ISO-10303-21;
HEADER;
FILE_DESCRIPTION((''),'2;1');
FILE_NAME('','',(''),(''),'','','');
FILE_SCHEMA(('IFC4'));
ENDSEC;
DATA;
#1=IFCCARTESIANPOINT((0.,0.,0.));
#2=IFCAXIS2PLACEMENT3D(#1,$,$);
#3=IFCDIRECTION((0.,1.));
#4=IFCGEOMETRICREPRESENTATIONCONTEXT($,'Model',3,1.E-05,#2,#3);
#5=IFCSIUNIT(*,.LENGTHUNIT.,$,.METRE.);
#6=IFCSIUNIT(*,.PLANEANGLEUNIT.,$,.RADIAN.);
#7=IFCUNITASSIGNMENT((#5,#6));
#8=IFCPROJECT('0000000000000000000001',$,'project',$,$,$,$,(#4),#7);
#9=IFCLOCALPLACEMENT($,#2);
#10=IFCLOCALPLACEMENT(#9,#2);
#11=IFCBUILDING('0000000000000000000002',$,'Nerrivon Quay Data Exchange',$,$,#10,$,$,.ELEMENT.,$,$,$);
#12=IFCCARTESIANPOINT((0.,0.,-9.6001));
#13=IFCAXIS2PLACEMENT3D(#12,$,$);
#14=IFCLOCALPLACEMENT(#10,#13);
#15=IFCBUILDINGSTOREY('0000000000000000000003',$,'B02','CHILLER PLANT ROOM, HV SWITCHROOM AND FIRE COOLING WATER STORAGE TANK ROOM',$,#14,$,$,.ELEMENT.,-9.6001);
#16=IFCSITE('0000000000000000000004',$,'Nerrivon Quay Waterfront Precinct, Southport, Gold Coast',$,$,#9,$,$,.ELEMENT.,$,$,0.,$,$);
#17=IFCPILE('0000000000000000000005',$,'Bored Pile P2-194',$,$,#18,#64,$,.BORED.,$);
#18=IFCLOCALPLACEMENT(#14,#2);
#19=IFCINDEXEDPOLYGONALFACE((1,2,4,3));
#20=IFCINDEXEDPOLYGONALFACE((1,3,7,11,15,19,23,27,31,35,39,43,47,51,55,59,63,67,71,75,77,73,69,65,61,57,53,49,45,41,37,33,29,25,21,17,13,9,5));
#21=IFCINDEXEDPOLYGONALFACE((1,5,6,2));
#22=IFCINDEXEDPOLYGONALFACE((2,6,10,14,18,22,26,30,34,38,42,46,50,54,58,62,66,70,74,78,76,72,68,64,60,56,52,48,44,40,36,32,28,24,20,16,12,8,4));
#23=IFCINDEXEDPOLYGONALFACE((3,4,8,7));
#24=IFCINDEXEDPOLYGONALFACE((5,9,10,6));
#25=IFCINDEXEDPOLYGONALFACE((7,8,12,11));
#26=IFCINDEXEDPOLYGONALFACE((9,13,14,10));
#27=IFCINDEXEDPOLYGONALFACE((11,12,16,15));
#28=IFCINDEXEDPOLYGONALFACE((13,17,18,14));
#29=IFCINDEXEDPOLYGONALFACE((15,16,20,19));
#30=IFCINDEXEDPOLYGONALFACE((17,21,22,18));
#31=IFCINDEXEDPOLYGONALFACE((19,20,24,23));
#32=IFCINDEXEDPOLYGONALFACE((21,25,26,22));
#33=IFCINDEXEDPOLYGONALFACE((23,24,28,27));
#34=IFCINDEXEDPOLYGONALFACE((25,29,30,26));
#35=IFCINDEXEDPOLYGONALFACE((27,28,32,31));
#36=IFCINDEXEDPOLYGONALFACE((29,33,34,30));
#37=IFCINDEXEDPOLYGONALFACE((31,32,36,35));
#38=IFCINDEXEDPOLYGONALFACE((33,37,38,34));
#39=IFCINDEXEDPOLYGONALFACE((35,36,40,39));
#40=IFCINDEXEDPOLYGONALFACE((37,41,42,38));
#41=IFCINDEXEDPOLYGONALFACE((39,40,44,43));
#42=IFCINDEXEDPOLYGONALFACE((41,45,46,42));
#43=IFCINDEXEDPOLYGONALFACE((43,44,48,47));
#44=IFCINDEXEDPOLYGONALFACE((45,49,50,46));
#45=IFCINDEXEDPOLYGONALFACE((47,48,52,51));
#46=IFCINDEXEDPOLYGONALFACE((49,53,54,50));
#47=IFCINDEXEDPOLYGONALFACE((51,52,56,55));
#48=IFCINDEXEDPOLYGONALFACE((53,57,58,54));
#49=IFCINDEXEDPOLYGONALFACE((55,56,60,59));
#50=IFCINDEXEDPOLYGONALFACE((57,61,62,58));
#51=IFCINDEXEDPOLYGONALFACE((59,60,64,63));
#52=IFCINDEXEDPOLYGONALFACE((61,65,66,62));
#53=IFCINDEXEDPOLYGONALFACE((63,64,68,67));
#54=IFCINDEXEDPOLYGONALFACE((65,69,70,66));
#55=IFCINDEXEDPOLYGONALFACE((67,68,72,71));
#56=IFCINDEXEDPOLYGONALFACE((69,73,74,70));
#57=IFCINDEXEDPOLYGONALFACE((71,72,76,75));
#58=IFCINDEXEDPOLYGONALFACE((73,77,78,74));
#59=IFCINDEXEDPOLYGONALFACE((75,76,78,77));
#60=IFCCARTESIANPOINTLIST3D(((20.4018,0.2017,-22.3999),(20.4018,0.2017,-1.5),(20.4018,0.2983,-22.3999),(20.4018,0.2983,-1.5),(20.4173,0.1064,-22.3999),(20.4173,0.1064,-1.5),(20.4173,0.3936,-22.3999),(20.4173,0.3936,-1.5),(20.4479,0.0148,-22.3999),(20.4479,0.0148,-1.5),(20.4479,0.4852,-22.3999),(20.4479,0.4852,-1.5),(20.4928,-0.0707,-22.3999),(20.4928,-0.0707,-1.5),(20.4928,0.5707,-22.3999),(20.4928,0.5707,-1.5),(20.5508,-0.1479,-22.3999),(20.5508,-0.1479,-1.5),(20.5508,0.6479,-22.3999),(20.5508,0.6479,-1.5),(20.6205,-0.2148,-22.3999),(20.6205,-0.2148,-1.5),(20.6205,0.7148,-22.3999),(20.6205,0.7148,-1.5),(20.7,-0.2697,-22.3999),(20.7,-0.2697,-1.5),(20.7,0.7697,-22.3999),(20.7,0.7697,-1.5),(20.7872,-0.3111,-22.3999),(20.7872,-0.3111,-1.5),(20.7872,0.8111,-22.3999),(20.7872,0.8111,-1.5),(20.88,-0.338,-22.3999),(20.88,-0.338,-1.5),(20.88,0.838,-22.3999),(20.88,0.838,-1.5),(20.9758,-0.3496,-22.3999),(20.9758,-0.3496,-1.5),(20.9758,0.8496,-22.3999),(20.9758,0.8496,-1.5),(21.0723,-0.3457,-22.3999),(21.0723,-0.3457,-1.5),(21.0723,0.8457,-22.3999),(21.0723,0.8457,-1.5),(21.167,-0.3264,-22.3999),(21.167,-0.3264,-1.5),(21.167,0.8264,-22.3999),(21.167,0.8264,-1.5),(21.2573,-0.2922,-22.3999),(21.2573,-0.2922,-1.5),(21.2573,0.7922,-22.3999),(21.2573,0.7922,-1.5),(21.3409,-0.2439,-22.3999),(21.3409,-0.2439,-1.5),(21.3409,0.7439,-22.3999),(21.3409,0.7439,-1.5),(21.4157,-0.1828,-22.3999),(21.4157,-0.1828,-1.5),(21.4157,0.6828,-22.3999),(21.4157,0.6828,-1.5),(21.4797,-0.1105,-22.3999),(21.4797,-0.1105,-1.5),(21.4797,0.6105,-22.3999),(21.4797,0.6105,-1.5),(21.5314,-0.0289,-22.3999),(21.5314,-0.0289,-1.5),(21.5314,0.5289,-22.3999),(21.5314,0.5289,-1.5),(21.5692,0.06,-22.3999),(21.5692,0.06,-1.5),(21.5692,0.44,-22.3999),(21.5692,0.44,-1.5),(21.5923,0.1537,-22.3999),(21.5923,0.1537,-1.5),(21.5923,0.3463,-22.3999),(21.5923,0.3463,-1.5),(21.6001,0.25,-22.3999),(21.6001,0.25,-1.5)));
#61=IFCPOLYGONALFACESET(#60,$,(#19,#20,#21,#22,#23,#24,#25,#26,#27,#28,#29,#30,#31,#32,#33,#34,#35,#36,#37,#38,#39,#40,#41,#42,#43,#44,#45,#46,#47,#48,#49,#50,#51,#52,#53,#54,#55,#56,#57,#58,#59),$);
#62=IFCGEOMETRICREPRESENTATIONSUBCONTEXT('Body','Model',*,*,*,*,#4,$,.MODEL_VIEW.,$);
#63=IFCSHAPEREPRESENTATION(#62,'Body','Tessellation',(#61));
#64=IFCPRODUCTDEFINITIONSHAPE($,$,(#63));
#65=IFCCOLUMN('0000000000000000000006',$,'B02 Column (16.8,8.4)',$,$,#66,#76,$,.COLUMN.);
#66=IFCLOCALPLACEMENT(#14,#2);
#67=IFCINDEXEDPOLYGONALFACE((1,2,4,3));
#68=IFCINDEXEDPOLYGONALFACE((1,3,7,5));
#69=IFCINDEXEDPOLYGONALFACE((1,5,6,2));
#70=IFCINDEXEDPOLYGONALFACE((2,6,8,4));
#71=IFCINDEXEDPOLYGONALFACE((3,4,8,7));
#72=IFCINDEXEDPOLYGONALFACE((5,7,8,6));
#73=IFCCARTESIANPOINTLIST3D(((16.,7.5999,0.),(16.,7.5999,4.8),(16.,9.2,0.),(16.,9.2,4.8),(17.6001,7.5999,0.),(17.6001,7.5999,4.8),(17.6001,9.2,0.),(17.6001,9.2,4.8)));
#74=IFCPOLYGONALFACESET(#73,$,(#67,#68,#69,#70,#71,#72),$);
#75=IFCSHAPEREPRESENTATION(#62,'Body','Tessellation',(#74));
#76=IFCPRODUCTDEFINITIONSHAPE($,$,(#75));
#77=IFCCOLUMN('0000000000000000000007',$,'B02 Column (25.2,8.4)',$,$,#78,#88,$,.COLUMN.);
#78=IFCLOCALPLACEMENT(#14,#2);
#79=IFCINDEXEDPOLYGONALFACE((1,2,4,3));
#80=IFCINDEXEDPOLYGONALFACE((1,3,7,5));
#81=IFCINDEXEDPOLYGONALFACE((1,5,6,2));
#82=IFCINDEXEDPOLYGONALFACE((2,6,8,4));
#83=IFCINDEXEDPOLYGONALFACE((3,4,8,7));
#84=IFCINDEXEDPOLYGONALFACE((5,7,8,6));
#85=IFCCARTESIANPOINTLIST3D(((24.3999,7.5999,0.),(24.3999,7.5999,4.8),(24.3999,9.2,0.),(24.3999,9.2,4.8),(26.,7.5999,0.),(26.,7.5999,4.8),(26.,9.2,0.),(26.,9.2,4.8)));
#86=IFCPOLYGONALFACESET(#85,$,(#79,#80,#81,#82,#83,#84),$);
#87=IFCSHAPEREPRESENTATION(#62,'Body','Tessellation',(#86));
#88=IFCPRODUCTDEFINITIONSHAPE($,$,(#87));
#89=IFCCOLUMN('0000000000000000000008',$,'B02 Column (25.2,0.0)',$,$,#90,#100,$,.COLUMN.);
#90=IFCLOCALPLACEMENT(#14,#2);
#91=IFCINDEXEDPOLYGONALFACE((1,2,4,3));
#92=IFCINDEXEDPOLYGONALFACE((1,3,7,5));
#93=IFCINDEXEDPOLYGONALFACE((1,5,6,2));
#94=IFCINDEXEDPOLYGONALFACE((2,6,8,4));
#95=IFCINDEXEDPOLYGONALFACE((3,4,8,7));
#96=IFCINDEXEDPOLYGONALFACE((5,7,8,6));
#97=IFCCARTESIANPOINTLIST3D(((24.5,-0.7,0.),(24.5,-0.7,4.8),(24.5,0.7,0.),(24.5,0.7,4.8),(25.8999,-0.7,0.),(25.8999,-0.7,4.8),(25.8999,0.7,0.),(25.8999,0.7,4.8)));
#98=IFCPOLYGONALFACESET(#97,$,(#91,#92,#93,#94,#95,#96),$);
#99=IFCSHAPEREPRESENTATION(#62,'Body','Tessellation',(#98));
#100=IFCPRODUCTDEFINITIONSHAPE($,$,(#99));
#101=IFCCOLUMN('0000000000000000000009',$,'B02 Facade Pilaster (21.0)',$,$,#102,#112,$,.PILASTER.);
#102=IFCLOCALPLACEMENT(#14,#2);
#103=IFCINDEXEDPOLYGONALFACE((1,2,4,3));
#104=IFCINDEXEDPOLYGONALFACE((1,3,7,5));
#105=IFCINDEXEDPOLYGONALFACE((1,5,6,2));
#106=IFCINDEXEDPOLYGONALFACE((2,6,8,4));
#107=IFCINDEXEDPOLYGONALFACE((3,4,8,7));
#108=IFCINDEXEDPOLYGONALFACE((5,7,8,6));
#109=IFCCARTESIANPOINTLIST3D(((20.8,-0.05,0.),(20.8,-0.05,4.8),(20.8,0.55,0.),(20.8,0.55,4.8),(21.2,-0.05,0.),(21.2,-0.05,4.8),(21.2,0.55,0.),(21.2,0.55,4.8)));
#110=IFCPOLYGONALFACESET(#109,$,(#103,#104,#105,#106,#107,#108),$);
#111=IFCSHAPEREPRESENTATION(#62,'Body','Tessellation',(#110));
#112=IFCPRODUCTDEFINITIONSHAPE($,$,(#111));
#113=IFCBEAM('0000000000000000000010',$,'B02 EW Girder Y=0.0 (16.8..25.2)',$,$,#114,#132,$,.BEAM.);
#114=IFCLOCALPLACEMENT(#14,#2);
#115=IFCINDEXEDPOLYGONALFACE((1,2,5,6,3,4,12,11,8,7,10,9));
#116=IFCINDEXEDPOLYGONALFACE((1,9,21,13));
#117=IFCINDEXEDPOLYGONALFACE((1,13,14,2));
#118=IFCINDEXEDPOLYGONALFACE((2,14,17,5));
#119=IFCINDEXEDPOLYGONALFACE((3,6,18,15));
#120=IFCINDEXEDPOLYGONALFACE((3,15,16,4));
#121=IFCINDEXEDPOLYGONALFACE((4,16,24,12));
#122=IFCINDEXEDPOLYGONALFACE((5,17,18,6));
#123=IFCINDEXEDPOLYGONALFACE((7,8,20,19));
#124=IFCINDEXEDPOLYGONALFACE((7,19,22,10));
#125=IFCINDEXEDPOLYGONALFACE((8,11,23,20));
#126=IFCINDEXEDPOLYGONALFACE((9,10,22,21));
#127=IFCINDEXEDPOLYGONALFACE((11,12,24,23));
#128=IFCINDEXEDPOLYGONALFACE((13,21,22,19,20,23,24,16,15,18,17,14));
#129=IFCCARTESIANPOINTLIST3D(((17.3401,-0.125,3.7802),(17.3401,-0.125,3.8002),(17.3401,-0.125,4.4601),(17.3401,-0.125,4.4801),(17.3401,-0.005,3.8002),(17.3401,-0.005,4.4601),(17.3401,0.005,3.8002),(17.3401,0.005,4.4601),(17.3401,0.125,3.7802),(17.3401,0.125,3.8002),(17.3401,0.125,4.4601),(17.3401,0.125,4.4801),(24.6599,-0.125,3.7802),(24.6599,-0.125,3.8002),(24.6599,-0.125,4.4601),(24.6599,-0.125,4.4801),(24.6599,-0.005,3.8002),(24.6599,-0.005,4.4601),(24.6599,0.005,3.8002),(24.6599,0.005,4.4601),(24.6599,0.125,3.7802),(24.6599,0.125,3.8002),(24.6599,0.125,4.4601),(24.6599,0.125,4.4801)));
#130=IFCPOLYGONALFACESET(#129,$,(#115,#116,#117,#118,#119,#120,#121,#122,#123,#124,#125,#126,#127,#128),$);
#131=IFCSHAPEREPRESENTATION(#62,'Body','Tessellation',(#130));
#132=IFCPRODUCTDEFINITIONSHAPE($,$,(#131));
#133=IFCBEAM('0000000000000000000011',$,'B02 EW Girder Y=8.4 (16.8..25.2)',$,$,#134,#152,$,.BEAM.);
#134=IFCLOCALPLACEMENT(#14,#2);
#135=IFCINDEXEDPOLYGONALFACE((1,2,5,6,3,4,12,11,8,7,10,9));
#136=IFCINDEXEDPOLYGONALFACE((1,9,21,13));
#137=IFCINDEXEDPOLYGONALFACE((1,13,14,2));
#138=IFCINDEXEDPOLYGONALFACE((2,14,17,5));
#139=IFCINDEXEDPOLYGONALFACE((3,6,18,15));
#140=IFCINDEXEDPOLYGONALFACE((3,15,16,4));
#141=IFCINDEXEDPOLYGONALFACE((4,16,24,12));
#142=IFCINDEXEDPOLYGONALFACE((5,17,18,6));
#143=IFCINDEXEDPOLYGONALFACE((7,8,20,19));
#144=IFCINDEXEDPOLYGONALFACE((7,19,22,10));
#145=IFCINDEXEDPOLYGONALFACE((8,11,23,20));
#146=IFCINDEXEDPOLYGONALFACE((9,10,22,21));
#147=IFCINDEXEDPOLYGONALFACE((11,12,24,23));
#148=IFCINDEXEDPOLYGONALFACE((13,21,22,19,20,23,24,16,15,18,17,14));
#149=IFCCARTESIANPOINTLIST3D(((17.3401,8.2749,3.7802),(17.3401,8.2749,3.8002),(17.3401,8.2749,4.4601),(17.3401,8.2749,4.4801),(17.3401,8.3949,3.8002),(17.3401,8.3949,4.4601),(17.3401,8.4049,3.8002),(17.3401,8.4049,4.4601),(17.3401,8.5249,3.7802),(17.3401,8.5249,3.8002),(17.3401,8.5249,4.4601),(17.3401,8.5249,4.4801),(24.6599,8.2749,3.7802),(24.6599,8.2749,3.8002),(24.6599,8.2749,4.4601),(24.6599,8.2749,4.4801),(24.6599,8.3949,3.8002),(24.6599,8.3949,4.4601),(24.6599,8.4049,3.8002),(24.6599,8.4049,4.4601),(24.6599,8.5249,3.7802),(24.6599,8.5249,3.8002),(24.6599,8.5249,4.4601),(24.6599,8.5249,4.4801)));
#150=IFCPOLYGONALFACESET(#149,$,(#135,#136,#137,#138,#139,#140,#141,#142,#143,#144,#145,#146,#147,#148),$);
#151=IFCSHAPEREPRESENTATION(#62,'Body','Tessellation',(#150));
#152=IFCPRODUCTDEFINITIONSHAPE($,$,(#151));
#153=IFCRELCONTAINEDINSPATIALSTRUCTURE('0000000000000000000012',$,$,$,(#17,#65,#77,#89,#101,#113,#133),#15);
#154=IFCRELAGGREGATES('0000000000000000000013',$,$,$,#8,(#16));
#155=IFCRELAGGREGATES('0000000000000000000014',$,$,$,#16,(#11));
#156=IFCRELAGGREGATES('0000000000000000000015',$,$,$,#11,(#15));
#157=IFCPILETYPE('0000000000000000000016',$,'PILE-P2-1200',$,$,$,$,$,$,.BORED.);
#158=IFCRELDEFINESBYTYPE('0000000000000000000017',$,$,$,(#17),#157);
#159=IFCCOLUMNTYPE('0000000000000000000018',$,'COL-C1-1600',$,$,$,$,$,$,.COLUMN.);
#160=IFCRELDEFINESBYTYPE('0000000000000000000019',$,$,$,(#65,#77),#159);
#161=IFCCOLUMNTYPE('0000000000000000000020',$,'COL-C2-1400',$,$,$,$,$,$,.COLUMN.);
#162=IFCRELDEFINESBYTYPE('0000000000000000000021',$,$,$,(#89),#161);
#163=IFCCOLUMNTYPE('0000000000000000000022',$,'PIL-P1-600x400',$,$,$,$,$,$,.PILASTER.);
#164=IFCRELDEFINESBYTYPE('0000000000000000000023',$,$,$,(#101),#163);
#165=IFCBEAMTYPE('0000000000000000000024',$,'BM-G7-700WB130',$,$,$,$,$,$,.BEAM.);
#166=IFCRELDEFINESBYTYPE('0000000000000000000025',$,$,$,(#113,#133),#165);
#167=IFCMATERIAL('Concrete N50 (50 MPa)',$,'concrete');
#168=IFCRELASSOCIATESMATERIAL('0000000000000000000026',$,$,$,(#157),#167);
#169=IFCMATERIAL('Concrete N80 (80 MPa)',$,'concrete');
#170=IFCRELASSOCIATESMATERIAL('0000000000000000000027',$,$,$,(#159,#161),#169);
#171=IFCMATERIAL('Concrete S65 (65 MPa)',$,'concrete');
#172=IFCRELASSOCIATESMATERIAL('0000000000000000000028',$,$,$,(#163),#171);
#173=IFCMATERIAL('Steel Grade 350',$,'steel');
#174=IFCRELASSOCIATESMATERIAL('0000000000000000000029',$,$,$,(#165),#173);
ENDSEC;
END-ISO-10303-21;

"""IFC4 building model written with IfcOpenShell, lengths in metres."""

from ifc_helpers import new_model, si_unit, direction, frame, origin, origin_2d, place, context, subcontext, project, spatial, rectangle, circle, i_section, extrude, material, material_profile, profile_set, type_object, element, save


model = new_model("IFC4")

# Units and contexts
model_context = context("Model", 3, precision=1e-05, world=origin(), true_north=direction((0.0, 1.0)))
body_context = subcontext(model_context, "Body", "Model", "MODEL_VIEW")
ifc_project = project(units=[si_unit("LENGTHUNIT", "METRE"), si_unit("PLANEANGLEUNIT", "RADIAN")], contexts=[model_context])

# Site, building, storey
site_placement = place(None, origin())
site = spatial("IfcSite", under=ifc_project, at=site_placement, Name="Nerrivon Quay Waterfront Precinct, Southport, Gold Coast", CompositionType="ELEMENT", RefElevation=0.0)
building_placement = place(site_placement, origin())
building = spatial("IfcBuilding", under=site, at=building_placement, Name="Nerrivon Quay Data Exchange", CompositionType="ELEMENT")
storey_placement = place(building_placement, frame((0.0, 0.0, -9.6001)))
storey = spatial("IfcBuildingStorey", under=building, at=storey_placement, Name="B02", Description="CHILLER PLANT ROOM, HV SWITCHROOM AND FIRE COOLING WATER STORAGE TANK ROOM", CompositionType="ELEMENT", Elevation=-9.6001)

# Pile
ifc_material_1 = material(Name="Concrete N50 (50 MPa)", Category="concrete")
ifc_material_profile_1 = material_profile(ifc_material_1, circle(Radius=0.6001, at=origin_2d()), Name="PILE-1200")
ifc_profile_set_1 = profile_set([ifc_material_profile_1], Name="Concrete N50 (50 MPa)")
pile_type_1 = type_object("IfcPileType", Name="PILE-P2-1200", PredefinedType="BORED", material=ifc_profile_set_1)
pile_placement = place(storey_placement, frame((21.0, 0.25, -1.5), z_axis=(0.0, 0.0, -1.0), x_axis=(1.0, 0.0, 0.0)))
element("IfcPile", 1, at=pile_placement, inside=storey, type_object=pile_type_1, Name="Bored Pile P2-194", PredefinedType="BORED", context=body_context, shape_type="SweptSolid", body=[
    extrude(circle(Radius=0.6001, at=origin_2d()), origin(), (0.0, 0.0, 1.0), 20.8999),
])

# Columns
ifc_material_2 = material(Name="Concrete N80 (80 MPa)", Category="concrete")
ifc_material_profile_2 = material_profile(ifc_material_2, rectangle(XDim=1.6001, YDim=1.6001, at=origin_2d()), Name="RC-COL-1600x1600")
ifc_profile_set_2 = profile_set([ifc_material_profile_2], Name="Concrete N80 (80 MPa)")
column_type_1 = type_object("IfcColumnType", Name="COL-C1-1600", PredefinedType="COLUMN", material=ifc_profile_set_2)
for number, where, z_axis, x_axis, name in (
    (2, (16.8, 8.3999, 0.0), (0.0, 0.0, 1.0), (1.0, 0.0, 0.0), "B02 Column (16.8,8.4)"),
    (3, (25.2, 8.3999, 0.0), (0.0, 0.0, 1.0), (1.0, 0.0, 0.0), "B02 Column (25.2,8.4)"),
):
    element("IfcColumn", number, at=place(storey_placement, frame(where, z_axis=z_axis, x_axis=x_axis)), inside=storey, type_object=column_type_1, Name=name, PredefinedType="COLUMN", context=body_context, shape_type="SweptSolid", body=[
        extrude(rectangle(XDim=1.6001, YDim=1.6001, at=origin_2d()), origin(), (0.0, 0.0, 1.0), 4.8),
    ])
ifc_material_profile_3 = material_profile(ifc_material_2, rectangle(XDim=1.3999, YDim=1.3999, at=origin_2d()), Name="RC-COL-1400x1400")
ifc_profile_set_3 = profile_set([ifc_material_profile_3], Name="Concrete N80 (80 MPa)")
column_type_2 = type_object("IfcColumnType", Name="COL-C2-1400", PredefinedType="COLUMN", material=ifc_profile_set_3)
column_1_placement = place(storey_placement, frame((25.2, 0.0, 0.0), z_axis=(0.0, 0.0, 1.0), x_axis=(1.0, 0.0, 0.0)))
element("IfcColumn", 4, at=column_1_placement, inside=storey, type_object=column_type_2, Name="B02 Column (25.2,0.0)", PredefinedType="COLUMN", context=body_context, shape_type="SweptSolid", body=[
    extrude(rectangle(XDim=1.3999, YDim=1.3999, at=origin_2d()), origin(), (0.0, 0.0, 1.0), 4.8),
])
ifc_material_3 = material(Name="Concrete S65 (65 MPa)", Category="concrete")
ifc_material_profile_4 = material_profile(ifc_material_3, rectangle(XDim=0.3999, YDim=0.6001, at=origin_2d()), Name="RC-PIL-600x400")
ifc_profile_set_4 = profile_set([ifc_material_profile_4], Name="Concrete S65 (65 MPa)")
column_type_3 = type_object("IfcColumnType", Name="PIL-P1-600x400", PredefinedType="PILASTER", material=ifc_profile_set_4)
column_2_placement = place(storey_placement, frame((21.0, 0.25, 0.0), z_axis=(0.0, 0.0, 1.0), x_axis=(1.0, 0.0, 0.0)))
element("IfcColumn", 5, at=column_2_placement, inside=storey, type_object=column_type_3, Name="B02 Facade Pilaster (21.0)", PredefinedType="PILASTER", context=body_context, shape_type="SweptSolid", body=[
    extrude(rectangle(XDim=0.3999, YDim=0.6001, at=origin_2d()), origin(), (0.0, 0.0, 1.0), 4.8),
])

# Beams
ifc_material_4 = material(Name="Steel Grade 350", Category="steel")
ifc_material_profile_5 = material_profile(ifc_material_4, i_section(OverallWidth=0.25, OverallDepth=0.7, WebThickness=0.01, FlangeThickness=0.02, at=origin_2d()), Name="700WB130")
ifc_profile_set_5 = profile_set([ifc_material_profile_5], Name="Steel Grade 350")
beam_type_1 = type_object("IfcBeamType", Name="BM-G7-700WB130", PredefinedType="BEAM", material=ifc_profile_set_5)
for number, where, z_axis, x_axis, name in (
    (6, (17.3401, 0.0, 4.1301), (1.0, 0.0, 0.0), (0.0, 1.0, 0.0), "B02 EW Girder Y=0.0 (16.8..25.2)"),
    (7, (17.3401, 8.3999, 4.1301), (1.0, 0.0, 0.0), (0.0, 1.0, 0.0), "B02 EW Girder Y=8.4 (16.8..25.2)"),
):
    element("IfcBeam", number, at=place(storey_placement, frame(where, z_axis=z_axis, x_axis=x_axis)), inside=storey, type_object=beam_type_1, Name=name, PredefinedType="BEAM", context=body_context, shape_type="SweptSolid", body=[
        extrude(i_section(OverallWidth=0.25, OverallDepth=0.7, WebThickness=0.01, FlangeThickness=0.02, at=origin_2d()), origin(), (0.0, 0.0, 1.0), 7.3198),
    ])

save(model, "model.ifc")
